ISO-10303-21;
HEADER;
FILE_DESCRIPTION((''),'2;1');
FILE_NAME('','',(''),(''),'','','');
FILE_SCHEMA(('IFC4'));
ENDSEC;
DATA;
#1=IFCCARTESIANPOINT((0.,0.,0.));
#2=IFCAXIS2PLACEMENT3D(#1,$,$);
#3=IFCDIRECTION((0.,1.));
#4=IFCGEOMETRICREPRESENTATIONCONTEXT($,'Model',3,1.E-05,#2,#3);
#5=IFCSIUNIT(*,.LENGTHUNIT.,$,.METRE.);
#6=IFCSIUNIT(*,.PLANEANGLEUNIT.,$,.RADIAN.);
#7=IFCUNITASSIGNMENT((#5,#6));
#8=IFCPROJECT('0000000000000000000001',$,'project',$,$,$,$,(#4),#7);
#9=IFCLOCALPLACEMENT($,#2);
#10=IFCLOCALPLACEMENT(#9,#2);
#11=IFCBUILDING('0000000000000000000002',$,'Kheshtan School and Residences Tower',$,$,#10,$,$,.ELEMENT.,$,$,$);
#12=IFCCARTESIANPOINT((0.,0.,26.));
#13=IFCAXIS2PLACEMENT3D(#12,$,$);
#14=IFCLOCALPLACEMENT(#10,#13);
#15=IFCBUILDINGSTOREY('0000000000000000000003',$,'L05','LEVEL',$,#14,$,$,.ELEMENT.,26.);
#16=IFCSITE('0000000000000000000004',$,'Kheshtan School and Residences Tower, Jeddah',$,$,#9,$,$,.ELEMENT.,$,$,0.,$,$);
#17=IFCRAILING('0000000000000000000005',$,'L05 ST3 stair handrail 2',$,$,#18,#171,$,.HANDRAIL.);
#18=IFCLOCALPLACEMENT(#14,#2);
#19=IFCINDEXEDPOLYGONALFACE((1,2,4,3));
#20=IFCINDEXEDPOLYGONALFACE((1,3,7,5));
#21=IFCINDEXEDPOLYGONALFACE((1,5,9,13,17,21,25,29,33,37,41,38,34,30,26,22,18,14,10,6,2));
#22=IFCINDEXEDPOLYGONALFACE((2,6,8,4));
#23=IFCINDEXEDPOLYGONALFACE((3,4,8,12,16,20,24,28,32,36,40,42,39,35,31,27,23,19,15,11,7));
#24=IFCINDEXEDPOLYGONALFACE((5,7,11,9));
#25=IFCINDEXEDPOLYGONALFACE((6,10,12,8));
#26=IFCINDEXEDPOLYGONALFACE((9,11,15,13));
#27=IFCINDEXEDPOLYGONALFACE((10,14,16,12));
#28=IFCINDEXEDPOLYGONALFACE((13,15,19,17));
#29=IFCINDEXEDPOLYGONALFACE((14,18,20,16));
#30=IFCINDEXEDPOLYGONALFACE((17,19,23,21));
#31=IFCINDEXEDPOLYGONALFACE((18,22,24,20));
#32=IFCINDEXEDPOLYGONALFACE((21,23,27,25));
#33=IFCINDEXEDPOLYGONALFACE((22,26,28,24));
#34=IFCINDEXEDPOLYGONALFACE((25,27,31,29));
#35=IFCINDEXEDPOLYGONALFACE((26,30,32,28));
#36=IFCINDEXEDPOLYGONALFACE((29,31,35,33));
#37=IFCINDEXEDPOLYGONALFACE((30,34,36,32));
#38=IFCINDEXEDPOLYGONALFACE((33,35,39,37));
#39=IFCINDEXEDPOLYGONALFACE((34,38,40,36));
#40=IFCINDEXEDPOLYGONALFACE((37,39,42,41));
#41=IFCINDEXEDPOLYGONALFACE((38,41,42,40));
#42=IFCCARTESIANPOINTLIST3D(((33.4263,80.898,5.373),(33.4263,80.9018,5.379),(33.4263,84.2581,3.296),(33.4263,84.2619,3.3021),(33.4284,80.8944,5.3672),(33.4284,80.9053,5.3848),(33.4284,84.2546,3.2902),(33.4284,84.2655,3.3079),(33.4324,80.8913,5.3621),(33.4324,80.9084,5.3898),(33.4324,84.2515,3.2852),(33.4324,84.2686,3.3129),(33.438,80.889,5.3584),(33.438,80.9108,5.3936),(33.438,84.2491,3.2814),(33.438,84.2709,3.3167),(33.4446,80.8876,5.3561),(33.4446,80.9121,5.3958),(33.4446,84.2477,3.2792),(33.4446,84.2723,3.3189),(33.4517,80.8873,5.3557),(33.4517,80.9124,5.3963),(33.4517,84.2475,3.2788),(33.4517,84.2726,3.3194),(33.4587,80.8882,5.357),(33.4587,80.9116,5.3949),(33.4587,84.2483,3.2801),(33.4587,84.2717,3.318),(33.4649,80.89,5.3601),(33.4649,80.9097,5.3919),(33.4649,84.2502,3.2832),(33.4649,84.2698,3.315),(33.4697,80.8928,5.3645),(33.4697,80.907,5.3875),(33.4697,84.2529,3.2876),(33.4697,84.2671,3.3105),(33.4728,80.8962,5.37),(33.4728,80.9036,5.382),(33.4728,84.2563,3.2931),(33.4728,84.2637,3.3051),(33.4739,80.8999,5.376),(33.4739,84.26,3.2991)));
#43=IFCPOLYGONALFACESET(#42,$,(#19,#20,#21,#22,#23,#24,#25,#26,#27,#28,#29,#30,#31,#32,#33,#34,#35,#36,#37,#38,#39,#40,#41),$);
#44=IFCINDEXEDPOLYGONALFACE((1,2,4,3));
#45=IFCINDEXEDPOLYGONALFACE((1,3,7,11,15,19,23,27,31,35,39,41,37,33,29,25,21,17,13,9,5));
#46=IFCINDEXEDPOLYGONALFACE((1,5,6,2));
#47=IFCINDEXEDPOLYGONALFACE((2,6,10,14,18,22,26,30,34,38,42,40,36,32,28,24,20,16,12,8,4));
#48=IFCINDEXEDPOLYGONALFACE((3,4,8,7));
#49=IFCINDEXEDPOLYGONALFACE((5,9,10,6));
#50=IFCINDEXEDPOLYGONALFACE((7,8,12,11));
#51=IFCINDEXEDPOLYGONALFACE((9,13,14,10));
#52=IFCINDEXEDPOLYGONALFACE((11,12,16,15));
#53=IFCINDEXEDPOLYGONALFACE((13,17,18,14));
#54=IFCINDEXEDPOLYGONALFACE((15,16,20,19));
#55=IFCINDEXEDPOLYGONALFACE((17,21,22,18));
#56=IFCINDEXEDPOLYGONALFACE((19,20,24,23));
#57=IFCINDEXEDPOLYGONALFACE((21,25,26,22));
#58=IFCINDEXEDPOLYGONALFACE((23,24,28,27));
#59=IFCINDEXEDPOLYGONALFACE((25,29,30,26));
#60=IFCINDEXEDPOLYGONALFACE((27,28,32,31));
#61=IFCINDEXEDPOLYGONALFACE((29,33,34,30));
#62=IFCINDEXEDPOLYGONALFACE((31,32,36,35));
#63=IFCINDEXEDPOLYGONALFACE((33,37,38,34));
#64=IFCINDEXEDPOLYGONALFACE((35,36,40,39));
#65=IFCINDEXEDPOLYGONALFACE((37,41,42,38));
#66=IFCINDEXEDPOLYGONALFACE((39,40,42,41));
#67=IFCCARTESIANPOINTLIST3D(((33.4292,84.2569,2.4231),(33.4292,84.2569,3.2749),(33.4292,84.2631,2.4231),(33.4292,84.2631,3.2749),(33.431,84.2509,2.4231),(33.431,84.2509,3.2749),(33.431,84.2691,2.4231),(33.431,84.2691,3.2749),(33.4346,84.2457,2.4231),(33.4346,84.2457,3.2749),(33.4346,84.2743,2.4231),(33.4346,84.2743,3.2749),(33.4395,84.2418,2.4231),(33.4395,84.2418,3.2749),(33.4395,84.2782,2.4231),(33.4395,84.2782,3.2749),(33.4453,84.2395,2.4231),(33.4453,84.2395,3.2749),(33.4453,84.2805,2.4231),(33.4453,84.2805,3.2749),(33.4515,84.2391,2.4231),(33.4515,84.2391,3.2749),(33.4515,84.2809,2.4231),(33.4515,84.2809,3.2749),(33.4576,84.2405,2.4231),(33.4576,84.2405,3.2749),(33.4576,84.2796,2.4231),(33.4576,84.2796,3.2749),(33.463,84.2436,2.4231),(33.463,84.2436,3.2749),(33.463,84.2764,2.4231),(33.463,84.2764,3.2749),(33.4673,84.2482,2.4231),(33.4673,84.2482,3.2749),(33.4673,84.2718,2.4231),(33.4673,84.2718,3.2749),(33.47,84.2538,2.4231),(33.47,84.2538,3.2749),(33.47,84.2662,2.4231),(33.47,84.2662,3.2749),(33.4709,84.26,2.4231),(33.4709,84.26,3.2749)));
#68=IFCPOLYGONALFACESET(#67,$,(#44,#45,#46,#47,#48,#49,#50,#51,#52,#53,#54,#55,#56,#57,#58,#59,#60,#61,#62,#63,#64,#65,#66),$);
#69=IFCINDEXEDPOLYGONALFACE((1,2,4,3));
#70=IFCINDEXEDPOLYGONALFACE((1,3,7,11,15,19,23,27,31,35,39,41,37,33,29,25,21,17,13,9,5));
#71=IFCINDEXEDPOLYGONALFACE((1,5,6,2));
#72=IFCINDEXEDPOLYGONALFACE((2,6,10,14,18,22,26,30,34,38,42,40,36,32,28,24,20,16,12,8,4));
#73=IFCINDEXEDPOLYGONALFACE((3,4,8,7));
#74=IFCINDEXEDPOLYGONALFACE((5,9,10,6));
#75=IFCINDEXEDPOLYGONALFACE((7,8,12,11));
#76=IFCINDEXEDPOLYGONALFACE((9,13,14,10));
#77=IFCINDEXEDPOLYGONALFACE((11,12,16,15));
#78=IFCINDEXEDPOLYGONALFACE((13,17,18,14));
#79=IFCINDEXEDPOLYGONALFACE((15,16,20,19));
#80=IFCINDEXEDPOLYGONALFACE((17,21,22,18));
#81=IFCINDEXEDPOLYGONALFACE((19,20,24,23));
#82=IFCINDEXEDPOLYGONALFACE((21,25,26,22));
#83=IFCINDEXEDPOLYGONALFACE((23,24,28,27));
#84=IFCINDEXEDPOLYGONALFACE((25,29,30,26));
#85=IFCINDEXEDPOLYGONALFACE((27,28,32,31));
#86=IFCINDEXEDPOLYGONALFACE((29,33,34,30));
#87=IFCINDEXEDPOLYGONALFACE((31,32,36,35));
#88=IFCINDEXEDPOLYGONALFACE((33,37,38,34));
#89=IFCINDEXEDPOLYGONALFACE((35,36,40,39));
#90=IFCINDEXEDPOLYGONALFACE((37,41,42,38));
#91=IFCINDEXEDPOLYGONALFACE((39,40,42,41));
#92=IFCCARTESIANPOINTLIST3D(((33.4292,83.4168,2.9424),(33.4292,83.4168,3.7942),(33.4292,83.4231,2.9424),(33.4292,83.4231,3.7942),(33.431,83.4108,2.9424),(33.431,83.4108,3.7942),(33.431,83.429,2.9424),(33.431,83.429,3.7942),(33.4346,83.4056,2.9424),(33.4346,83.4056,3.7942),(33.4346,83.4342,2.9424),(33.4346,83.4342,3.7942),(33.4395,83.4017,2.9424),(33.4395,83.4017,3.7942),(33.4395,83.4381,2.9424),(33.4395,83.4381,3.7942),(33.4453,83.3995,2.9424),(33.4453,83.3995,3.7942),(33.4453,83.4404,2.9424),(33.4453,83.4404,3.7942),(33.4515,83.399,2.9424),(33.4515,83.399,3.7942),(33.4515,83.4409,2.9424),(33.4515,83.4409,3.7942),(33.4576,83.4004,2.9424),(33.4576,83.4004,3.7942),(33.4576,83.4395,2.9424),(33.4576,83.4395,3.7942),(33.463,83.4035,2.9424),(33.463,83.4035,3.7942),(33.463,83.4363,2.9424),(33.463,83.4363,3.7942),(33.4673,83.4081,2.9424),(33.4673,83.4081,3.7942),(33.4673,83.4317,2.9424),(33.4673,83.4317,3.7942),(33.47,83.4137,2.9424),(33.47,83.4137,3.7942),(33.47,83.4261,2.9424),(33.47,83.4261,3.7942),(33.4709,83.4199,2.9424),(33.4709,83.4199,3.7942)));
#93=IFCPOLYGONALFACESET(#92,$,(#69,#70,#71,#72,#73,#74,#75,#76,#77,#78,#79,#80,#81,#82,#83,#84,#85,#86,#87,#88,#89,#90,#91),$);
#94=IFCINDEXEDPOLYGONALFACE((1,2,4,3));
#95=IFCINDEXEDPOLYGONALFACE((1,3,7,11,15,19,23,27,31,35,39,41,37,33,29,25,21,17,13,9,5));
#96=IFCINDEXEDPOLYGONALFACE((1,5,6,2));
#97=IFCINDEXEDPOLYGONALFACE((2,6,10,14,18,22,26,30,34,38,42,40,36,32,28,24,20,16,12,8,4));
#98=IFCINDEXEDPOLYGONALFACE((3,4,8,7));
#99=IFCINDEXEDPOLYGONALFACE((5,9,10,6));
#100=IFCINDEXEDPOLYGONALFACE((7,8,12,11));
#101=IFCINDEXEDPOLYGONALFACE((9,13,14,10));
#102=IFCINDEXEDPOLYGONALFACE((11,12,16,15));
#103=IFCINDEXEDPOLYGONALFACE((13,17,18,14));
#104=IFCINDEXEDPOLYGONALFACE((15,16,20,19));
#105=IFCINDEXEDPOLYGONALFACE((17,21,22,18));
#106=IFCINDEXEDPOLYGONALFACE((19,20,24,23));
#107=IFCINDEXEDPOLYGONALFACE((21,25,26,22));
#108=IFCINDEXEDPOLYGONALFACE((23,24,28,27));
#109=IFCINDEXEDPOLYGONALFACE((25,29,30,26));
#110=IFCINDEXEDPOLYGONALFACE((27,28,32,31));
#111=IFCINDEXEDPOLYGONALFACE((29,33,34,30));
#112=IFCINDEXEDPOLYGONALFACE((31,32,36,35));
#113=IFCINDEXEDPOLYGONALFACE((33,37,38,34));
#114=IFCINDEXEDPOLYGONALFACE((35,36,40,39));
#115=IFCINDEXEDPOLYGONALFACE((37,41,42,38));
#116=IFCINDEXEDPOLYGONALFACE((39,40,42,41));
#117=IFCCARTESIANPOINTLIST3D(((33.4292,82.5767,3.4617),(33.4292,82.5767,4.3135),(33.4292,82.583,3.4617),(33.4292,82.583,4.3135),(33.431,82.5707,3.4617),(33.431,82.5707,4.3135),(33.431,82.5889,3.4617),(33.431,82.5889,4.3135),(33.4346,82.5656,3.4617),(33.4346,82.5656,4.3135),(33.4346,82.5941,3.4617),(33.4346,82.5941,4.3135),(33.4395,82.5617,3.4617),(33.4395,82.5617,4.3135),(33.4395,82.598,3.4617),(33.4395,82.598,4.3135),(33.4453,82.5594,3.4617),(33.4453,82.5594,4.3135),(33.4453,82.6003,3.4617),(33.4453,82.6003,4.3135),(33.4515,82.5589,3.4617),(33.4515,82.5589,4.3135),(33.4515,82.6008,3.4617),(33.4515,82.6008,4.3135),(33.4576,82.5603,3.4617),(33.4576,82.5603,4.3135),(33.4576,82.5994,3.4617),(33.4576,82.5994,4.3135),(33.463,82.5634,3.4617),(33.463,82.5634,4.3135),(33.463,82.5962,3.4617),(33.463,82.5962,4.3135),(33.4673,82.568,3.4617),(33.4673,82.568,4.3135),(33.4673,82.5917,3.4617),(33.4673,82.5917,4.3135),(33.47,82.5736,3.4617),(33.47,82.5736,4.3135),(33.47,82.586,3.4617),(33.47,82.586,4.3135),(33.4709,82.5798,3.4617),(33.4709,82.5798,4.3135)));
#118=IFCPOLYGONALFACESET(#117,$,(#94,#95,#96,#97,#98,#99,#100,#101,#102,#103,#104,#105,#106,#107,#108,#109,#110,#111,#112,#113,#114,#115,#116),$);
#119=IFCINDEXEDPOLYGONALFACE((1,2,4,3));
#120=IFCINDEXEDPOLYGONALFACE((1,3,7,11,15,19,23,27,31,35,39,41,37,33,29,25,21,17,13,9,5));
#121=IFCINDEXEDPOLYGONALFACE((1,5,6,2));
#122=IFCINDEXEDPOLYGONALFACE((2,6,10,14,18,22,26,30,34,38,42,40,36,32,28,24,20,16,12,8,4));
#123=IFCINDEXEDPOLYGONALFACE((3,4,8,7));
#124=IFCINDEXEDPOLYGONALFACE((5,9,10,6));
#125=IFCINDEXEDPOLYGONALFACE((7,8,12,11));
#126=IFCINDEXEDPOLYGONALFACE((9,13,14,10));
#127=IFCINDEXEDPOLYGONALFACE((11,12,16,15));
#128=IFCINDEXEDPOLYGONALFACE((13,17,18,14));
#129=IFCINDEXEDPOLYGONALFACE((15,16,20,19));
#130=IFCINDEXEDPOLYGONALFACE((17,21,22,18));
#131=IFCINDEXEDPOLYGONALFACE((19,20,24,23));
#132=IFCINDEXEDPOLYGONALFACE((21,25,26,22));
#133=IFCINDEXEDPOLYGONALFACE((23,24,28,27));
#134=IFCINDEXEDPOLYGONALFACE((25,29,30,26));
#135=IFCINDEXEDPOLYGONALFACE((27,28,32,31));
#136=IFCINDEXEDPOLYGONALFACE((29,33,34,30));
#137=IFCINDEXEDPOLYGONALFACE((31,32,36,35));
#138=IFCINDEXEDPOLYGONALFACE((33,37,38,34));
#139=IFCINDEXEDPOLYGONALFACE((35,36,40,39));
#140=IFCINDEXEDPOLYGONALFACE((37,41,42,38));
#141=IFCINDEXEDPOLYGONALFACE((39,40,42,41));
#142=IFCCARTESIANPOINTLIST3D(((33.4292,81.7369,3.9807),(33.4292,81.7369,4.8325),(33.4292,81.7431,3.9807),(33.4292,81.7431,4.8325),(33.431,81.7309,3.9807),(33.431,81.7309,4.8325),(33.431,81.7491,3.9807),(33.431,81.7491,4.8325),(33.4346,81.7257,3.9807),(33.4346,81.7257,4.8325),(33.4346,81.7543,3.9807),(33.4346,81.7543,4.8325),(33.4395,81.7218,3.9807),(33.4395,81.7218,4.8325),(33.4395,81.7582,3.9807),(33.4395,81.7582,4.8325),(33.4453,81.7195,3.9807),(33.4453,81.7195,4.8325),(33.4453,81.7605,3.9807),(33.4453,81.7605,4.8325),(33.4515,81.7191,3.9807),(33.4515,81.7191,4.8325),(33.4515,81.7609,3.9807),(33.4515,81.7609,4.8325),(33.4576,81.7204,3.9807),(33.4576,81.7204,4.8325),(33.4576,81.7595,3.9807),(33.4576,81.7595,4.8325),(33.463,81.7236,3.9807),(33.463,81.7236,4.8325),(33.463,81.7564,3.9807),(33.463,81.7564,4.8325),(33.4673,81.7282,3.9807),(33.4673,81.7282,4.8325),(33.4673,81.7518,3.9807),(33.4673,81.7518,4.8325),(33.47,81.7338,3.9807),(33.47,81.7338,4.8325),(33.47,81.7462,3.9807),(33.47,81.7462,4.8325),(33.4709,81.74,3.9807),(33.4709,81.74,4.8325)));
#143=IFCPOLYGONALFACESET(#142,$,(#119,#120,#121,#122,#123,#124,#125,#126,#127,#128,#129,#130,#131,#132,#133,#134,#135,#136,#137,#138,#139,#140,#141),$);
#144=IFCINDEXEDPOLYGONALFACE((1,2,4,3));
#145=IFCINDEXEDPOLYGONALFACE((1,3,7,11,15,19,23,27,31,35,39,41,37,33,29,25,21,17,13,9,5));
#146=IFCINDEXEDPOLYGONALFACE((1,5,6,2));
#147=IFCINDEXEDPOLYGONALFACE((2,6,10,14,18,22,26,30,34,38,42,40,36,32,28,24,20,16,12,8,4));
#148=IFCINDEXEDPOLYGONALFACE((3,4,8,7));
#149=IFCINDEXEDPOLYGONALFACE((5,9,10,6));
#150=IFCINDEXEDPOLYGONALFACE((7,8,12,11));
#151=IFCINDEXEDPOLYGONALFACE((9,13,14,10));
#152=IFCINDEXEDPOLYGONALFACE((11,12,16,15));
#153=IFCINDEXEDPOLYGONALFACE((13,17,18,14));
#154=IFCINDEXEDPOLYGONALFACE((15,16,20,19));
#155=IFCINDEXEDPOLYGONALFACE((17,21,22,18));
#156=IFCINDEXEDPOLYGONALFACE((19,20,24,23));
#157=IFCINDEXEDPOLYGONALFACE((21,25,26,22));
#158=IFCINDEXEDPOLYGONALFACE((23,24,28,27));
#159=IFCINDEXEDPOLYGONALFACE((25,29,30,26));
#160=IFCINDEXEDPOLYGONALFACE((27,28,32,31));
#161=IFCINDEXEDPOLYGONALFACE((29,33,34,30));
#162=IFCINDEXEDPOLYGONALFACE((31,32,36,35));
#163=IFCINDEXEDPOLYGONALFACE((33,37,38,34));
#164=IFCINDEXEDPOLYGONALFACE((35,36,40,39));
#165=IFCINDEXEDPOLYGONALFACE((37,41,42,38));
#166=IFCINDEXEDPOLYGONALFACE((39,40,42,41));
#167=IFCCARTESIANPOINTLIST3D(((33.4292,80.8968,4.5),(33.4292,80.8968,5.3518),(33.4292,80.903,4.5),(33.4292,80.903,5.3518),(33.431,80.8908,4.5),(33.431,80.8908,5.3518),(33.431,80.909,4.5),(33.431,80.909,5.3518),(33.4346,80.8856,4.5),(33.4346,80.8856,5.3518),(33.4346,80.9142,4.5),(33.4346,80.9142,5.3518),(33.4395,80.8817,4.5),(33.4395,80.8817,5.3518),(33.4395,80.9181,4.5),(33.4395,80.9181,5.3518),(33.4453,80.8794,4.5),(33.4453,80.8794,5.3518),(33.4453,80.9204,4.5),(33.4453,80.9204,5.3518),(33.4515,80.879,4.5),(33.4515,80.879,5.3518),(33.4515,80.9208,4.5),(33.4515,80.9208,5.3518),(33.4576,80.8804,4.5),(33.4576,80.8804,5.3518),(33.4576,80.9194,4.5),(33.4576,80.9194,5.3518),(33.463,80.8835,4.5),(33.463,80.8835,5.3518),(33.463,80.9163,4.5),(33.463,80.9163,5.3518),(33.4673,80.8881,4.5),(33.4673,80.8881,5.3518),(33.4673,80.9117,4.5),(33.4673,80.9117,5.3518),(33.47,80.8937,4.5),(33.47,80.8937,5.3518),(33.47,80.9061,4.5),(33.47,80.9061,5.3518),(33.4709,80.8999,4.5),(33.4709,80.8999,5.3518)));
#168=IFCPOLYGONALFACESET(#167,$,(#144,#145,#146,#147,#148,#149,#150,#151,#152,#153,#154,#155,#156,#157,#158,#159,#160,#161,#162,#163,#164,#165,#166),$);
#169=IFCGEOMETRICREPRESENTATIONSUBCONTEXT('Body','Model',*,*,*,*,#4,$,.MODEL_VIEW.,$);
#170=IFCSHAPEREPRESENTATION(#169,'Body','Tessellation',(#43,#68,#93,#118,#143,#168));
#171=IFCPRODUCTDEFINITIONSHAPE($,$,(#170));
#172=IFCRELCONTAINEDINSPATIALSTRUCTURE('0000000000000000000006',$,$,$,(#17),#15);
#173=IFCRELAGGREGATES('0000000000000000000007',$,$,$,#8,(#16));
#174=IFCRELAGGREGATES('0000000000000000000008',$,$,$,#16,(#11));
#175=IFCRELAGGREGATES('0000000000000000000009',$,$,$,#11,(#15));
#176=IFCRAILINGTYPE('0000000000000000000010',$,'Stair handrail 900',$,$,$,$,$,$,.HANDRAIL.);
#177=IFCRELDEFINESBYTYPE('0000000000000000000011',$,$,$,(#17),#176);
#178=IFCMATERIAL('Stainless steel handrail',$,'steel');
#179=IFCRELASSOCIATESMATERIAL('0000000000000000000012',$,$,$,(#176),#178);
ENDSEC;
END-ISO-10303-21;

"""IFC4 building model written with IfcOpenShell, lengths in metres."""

from ifc_helpers import new_model, si_unit, direction, frame, origin, origin_2d, place, context, subcontext, project, spatial, circle, extrude, material, type_object, element, save


model = new_model("IFC4")

# Units and contexts
model_context = context("Model", 3, precision=1e-05, world=origin(), true_north=direction((0.0, 1.0)))
body_context = subcontext(model_context, "Body", "Model", "MODEL_VIEW")
ifc_project = project(units=[si_unit("LENGTHUNIT", "METRE"), si_unit("PLANEANGLEUNIT", "RADIAN")], contexts=[model_context])

# Site, building, storey
site_placement = place(None, origin())
site = spatial("IfcSite", under=ifc_project, at=site_placement, Name="Kheshtan School and Residences Tower, Jeddah", CompositionType="ELEMENT", RefElevation=0.0)
building_placement = place(site_placement, origin())
building = spatial("IfcBuilding", under=site, at=building_placement, Name="Kheshtan School and Residences Tower", CompositionType="ELEMENT")
storey_placement = place(building_placement, frame((0.0, 0.0, 26.0)))
storey = spatial("IfcBuildingStorey", under=building, at=storey_placement, Name="L05", Description="LEVEL", CompositionType="ELEMENT", Elevation=26.0)

# Railing
ifc_material_1 = material(Name="Stainless steel handrail", Category="steel")
railing_type_1 = type_object("IfcRailingType", Name="Stair handrail 900", PredefinedType="HANDRAIL", material=ifc_material_1)
railing_1_placement = place(storey_placement, frame((33.45, 84.26, 2.4231)))
element("IfcRailing", 1, at=railing_1_placement, inside=storey, type_object=railing_type_1, Name="L05 ST3 stair handrail 2", PredefinedType="HANDRAIL", context=body_context, shape_type="SweptSolid", body=[
    extrude(circle(Radius=0.0239, at=origin_2d()), frame((0.0, 0.0, 0.876), z_axis=(0.0, -0.850623, 0.525776), x_axis=(1.0, 0.0, 0.0)), (0.0, 0.0, 1.0), 3.9502),
    extrude(circle(Radius=0.021, at=origin_2d()), origin(), (0.0, 0.0, 1.0), 0.8518),
    extrude(circle(Radius=0.021, at=origin_2d()), frame((0.0, -0.8401, 0.5193)), (0.0, 0.0, 1.0), 0.8518),
    extrude(circle(Radius=0.021, at=origin_2d()), frame((0.0, -1.6802, 1.0386)), (0.0, 0.0, 1.0), 0.8518),
    extrude(circle(Radius=0.021, at=origin_2d()), frame((0.0, -2.52, 1.5576)), (0.0, 0.0, 1.0), 0.8518),
    extrude(circle(Radius=0.021, at=origin_2d()), frame((0.0, -3.3601, 2.0769)), (0.0, 0.0, 1.0), 0.8518),
])

save(model, "model.ifc")
